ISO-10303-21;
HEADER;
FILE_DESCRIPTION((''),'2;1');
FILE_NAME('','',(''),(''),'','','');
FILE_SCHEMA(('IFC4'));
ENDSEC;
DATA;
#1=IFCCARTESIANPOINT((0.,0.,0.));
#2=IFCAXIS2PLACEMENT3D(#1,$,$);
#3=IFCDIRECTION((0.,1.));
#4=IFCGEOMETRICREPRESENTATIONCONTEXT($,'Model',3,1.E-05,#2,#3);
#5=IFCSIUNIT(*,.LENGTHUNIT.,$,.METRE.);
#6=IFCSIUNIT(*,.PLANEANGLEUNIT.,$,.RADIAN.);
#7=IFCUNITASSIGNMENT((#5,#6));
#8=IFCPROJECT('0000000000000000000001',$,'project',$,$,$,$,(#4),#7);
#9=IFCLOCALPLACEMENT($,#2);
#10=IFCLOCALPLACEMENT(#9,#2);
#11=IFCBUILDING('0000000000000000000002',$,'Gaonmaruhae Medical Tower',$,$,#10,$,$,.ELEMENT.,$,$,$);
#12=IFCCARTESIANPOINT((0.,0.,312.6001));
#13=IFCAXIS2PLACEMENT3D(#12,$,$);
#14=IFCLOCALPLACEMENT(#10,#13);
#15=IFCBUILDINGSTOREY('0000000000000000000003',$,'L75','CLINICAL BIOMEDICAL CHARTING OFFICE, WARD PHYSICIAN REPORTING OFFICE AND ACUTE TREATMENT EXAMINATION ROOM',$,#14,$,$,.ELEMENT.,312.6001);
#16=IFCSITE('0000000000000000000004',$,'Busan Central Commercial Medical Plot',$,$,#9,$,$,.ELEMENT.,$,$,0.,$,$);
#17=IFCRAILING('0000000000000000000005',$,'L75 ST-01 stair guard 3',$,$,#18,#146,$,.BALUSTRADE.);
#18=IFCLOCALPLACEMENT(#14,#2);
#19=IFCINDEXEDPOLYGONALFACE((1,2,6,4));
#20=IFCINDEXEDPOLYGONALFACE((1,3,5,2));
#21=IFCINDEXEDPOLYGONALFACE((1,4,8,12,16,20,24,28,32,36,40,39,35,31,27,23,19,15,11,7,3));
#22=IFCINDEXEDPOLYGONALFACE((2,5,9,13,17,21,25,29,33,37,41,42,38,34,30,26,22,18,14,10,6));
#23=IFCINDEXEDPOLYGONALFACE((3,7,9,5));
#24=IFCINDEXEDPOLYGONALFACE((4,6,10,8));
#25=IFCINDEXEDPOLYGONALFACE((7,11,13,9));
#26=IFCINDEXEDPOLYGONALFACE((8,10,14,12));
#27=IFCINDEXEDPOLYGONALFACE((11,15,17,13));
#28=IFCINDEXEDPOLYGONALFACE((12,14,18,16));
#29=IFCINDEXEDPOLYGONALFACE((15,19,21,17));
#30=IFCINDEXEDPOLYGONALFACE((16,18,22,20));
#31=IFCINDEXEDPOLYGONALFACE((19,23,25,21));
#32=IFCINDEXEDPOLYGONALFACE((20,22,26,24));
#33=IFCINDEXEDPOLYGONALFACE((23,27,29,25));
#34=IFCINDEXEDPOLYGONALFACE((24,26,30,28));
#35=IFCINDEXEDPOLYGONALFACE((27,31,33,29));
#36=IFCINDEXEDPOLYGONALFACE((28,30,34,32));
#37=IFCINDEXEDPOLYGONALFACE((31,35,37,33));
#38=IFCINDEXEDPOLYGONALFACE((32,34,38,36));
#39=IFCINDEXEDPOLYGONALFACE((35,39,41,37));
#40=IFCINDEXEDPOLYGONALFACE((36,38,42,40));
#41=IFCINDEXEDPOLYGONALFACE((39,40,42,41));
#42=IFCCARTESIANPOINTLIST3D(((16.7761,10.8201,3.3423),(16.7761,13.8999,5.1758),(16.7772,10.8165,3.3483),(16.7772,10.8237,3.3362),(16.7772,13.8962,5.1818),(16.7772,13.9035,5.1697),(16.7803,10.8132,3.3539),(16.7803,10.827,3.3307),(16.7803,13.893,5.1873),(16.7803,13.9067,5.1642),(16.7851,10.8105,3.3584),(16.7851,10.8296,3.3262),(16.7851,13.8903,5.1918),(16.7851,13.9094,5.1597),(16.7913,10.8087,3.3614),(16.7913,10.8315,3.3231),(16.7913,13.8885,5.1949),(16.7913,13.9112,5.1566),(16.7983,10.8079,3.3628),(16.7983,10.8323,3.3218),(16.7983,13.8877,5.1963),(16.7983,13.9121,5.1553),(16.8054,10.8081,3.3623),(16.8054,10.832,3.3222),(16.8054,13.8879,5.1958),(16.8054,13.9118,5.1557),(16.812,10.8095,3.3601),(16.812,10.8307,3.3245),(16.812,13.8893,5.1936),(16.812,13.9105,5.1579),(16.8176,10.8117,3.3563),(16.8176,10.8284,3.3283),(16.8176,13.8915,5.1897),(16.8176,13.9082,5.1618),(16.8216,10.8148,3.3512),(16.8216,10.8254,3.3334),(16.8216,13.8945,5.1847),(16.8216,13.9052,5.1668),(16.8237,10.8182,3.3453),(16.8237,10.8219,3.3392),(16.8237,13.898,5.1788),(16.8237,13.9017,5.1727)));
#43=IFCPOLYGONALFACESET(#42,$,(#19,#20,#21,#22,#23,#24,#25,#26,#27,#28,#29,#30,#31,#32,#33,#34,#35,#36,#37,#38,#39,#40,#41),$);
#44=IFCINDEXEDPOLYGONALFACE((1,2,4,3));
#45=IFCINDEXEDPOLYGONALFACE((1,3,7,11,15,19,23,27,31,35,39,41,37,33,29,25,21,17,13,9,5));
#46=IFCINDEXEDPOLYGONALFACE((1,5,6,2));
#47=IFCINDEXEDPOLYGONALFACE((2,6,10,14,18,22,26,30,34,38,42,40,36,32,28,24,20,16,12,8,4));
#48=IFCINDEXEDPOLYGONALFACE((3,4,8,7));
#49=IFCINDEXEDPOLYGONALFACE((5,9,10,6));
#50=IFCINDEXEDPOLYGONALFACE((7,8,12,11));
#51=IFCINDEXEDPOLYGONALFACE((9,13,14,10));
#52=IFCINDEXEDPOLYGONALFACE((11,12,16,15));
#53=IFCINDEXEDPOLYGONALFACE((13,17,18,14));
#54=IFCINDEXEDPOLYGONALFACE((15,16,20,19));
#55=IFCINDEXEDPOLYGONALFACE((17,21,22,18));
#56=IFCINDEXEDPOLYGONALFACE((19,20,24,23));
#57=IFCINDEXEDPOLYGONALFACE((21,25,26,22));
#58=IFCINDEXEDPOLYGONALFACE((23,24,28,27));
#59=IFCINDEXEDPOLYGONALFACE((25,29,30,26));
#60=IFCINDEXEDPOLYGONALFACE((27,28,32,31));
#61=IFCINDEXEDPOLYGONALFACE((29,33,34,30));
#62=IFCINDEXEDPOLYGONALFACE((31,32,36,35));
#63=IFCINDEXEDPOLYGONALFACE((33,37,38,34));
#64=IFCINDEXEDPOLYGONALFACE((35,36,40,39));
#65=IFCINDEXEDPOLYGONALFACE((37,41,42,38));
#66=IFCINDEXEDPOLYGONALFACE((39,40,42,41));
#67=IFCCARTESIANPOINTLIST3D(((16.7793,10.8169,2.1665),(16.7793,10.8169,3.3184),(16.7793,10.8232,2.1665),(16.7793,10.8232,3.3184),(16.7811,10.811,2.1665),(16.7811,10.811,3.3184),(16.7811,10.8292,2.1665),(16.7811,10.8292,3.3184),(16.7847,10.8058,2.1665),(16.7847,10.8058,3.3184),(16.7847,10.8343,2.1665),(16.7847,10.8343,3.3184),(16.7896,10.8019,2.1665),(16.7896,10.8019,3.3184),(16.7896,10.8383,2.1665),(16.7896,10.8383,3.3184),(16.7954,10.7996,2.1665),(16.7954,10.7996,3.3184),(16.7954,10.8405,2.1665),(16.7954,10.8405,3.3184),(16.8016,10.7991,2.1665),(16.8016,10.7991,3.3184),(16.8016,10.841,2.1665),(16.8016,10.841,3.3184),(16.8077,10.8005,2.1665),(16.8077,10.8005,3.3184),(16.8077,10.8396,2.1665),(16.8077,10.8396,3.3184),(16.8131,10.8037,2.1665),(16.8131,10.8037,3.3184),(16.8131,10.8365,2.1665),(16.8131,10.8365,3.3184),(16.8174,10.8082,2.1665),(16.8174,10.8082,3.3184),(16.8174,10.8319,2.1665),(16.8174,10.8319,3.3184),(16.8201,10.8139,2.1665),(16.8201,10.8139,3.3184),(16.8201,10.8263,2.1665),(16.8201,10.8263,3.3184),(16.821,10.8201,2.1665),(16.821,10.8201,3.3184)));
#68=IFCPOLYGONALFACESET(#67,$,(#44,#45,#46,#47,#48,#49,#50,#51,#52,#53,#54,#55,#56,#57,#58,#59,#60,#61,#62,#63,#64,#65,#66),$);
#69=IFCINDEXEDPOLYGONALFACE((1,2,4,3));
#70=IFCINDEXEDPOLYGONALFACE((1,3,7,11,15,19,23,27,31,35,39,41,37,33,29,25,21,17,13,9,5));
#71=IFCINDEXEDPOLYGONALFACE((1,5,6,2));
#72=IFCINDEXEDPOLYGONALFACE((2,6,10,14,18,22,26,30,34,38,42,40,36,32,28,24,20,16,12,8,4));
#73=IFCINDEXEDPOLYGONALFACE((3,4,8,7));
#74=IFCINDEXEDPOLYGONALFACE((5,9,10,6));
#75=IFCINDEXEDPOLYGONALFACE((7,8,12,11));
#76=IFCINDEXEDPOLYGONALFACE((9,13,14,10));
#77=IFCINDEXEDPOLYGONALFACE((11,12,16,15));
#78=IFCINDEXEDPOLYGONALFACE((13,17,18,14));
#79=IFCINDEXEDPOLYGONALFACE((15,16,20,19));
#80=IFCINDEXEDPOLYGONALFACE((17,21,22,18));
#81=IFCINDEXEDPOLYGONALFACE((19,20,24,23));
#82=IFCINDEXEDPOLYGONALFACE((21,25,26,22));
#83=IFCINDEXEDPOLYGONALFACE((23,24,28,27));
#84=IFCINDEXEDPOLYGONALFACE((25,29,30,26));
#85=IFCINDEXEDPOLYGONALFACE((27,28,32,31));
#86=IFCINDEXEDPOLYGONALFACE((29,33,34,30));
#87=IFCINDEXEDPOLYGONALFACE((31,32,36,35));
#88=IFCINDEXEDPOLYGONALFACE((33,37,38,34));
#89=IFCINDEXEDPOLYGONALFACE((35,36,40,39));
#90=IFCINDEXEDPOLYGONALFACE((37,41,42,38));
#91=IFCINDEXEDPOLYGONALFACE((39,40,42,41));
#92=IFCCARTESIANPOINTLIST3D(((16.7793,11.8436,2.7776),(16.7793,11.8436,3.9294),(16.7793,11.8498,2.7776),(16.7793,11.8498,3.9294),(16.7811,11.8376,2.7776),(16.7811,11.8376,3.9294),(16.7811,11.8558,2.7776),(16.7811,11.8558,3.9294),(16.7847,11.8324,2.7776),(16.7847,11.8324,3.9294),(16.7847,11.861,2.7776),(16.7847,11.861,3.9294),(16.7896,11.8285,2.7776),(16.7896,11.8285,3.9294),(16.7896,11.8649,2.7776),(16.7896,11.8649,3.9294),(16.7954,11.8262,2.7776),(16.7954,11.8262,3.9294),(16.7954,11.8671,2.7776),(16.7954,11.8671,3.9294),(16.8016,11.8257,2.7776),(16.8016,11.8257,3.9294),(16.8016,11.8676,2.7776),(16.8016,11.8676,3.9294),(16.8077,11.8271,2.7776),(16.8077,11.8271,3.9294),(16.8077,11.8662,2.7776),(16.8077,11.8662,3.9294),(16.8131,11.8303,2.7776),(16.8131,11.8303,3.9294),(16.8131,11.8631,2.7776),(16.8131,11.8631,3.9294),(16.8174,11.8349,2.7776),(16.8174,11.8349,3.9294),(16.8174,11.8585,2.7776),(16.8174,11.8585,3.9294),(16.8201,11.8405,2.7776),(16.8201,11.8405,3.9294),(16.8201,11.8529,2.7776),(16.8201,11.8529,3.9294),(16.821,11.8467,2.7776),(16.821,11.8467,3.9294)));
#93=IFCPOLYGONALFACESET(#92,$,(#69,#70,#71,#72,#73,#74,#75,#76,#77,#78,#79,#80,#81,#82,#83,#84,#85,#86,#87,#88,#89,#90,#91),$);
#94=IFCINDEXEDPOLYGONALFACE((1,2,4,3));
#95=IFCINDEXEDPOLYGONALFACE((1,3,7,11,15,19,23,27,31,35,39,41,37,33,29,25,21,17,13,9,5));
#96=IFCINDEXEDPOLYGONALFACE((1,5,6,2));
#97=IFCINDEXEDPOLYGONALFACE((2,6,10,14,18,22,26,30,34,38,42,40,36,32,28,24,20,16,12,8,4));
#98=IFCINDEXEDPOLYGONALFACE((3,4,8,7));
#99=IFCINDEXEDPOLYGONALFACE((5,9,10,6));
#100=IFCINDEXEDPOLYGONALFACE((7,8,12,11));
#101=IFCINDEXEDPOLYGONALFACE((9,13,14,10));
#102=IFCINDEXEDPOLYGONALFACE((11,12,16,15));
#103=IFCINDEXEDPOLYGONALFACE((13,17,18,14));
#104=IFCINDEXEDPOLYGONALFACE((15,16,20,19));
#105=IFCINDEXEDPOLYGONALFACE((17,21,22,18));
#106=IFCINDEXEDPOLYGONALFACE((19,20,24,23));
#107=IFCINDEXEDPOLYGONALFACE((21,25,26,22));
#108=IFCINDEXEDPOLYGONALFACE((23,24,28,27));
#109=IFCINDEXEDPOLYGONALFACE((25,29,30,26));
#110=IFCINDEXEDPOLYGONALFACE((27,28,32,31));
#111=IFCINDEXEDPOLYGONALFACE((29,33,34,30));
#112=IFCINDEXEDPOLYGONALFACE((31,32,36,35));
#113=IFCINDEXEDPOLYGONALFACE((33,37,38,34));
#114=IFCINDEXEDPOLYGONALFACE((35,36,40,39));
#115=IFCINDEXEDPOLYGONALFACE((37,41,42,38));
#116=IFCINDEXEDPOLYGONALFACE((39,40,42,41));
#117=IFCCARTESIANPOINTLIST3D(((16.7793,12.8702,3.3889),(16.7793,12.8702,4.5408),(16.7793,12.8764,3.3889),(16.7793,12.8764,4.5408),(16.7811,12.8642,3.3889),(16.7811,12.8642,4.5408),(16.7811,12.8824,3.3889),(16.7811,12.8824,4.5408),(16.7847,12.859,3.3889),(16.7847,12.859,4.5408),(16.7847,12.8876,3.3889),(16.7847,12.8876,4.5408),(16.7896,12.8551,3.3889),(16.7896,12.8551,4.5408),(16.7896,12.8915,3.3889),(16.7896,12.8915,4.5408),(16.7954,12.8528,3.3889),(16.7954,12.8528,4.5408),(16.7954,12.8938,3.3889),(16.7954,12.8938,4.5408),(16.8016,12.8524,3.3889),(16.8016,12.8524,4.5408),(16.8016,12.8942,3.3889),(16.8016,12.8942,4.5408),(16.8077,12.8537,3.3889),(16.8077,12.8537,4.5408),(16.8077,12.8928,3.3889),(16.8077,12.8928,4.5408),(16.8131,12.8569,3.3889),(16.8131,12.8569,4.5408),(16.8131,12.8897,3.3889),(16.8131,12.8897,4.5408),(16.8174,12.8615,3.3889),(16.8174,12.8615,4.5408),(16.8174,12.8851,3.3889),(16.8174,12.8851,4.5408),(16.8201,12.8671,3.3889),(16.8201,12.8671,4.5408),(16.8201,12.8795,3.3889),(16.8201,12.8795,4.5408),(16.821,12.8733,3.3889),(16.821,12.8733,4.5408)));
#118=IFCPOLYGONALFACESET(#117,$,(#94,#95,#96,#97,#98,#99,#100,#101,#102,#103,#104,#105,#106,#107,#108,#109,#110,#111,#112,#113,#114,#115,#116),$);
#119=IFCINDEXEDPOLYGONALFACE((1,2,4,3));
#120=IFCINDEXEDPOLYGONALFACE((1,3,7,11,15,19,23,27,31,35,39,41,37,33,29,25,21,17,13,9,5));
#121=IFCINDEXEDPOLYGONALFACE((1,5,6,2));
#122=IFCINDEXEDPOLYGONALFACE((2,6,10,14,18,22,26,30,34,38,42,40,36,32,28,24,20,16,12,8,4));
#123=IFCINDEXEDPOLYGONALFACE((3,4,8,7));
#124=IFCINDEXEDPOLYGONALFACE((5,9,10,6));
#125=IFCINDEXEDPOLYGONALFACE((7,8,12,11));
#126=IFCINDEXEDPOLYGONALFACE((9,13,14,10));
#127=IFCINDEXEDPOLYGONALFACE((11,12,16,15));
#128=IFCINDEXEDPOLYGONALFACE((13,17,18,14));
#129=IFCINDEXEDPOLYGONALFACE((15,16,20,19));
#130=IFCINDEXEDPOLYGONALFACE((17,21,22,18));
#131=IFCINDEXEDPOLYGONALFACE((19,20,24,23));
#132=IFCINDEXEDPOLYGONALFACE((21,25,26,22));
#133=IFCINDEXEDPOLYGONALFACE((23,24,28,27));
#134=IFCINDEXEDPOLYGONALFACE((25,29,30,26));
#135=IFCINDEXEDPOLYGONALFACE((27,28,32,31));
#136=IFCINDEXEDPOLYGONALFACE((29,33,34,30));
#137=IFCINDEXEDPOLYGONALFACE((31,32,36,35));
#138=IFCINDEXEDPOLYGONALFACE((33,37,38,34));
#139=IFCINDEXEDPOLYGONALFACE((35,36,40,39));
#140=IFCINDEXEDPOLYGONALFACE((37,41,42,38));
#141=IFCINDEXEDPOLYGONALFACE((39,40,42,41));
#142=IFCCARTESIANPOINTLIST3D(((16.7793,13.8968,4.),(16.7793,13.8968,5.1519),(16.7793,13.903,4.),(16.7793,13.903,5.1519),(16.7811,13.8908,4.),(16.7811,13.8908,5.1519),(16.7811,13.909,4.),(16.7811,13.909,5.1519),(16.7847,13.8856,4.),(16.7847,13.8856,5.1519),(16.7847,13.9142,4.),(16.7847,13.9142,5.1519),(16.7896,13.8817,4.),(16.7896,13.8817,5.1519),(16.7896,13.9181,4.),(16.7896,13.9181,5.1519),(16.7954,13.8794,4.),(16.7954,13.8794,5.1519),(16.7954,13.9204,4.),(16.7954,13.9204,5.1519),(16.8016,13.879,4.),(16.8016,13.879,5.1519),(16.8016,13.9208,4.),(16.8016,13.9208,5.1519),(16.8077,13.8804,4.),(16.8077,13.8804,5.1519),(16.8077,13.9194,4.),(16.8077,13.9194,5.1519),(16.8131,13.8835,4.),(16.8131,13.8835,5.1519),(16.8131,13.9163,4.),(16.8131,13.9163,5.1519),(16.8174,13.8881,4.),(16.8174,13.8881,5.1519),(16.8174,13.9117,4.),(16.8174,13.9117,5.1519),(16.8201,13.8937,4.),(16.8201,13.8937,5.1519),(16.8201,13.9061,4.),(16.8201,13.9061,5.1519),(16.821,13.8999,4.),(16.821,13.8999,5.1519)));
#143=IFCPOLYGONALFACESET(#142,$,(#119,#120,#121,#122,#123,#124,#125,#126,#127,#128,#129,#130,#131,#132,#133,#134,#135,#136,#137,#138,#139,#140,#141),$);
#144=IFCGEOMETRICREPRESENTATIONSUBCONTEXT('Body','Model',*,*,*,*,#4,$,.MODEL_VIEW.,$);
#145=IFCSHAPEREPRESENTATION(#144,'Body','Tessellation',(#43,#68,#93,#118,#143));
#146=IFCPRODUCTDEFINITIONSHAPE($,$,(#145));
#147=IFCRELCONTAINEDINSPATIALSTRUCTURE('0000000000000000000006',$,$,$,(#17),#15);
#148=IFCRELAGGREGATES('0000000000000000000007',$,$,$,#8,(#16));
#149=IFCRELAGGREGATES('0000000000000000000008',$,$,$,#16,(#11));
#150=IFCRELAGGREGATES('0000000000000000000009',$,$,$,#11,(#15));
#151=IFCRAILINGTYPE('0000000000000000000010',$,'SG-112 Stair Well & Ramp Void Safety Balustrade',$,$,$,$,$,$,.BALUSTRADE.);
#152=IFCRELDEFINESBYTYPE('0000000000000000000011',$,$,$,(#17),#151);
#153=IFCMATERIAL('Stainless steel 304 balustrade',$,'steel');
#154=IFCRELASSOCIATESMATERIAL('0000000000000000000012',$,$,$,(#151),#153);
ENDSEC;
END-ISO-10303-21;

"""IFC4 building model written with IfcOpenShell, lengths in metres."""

from ifc_helpers import new_model, si_unit, direction, frame, origin, origin_2d, place, context, subcontext, project, spatial, circle, extrude, material, type_object, element, save


model = new_model("IFC4")

# Units and contexts
model_context = context("Model", 3, precision=1e-05, world=origin(), true_north=direction((0.0, 1.0)))
body_context = subcontext(model_context, "Body", "Model", "MODEL_VIEW")
ifc_project = project(units=[si_unit("LENGTHUNIT", "METRE"), si_unit("PLANEANGLEUNIT", "RADIAN")], contexts=[model_context])

# Site, building, storey
site_placement = place(None, origin())
site = spatial("IfcSite", under=ifc_project, at=site_placement, Name="Busan Central Commercial Medical Plot", CompositionType="ELEMENT", RefElevation=0.0)
building_placement = place(site_placement, origin())
building = spatial("IfcBuilding", under=site, at=building_placement, Name="Gaonmaruhae Medical Tower", CompositionType="ELEMENT")
storey_placement = place(building_placement, frame((0.0, 0.0, 312.6001)))
storey = spatial("IfcBuildingStorey", under=building, at=storey_placement, Name="L75", Description="CLINICAL BIOMEDICAL CHARTING OFFICE, WARD PHYSICIAN REPORTING OFFICE AND ACUTE TREATMENT EXAMINATION ROOM", CompositionType="ELEMENT", Elevation=312.6001)

# Railing
ifc_material_1 = material(Name="Stainless steel 304 balustrade", Category="steel")
railing_type_1 = type_object("IfcRailingType", Name="SG-112 Stair Well & Ramp Void Safety Balustrade", PredefinedType="BALUSTRADE", material=ifc_material_1)
railing_1_placement = place(storey_placement, frame((16.8, 10.8201, 2.1665)))
element("IfcRailing", 1, at=railing_1_placement, inside=storey, type_object=railing_type_1, Name="L75 ST-01 stair guard 3", PredefinedType="BALUSTRADE", context=body_context, shape_type="SweptSolid", body=[
    extrude(circle(Radius=0.0239, at=origin_2d()), frame((0.0, 0.0, 1.1758), z_axis=(0.0, 0.859261, 0.511538), x_axis=(-1.0, 0.0, 0.0)), (0.0, 0.0, 1.0), 3.5842),
    extrude(circle(Radius=0.021, at=origin_2d()), origin(), (0.0, 0.0, 1.0), 1.1519),
    extrude(circle(Radius=0.021, at=origin_2d()), frame((0.0, 1.0266, 0.6111)), (0.0, 0.0, 1.0), 1.1519),
    extrude(circle(Radius=0.021, at=origin_2d()), frame((0.0, 2.0532, 1.2224)), (0.0, 0.0, 1.0), 1.1519),
    extrude(circle(Radius=0.021, at=origin_2d()), frame((0.0, 3.0798, 1.8335)), (0.0, 0.0, 1.0), 1.1519),
])

save(model, "model.ifc")
